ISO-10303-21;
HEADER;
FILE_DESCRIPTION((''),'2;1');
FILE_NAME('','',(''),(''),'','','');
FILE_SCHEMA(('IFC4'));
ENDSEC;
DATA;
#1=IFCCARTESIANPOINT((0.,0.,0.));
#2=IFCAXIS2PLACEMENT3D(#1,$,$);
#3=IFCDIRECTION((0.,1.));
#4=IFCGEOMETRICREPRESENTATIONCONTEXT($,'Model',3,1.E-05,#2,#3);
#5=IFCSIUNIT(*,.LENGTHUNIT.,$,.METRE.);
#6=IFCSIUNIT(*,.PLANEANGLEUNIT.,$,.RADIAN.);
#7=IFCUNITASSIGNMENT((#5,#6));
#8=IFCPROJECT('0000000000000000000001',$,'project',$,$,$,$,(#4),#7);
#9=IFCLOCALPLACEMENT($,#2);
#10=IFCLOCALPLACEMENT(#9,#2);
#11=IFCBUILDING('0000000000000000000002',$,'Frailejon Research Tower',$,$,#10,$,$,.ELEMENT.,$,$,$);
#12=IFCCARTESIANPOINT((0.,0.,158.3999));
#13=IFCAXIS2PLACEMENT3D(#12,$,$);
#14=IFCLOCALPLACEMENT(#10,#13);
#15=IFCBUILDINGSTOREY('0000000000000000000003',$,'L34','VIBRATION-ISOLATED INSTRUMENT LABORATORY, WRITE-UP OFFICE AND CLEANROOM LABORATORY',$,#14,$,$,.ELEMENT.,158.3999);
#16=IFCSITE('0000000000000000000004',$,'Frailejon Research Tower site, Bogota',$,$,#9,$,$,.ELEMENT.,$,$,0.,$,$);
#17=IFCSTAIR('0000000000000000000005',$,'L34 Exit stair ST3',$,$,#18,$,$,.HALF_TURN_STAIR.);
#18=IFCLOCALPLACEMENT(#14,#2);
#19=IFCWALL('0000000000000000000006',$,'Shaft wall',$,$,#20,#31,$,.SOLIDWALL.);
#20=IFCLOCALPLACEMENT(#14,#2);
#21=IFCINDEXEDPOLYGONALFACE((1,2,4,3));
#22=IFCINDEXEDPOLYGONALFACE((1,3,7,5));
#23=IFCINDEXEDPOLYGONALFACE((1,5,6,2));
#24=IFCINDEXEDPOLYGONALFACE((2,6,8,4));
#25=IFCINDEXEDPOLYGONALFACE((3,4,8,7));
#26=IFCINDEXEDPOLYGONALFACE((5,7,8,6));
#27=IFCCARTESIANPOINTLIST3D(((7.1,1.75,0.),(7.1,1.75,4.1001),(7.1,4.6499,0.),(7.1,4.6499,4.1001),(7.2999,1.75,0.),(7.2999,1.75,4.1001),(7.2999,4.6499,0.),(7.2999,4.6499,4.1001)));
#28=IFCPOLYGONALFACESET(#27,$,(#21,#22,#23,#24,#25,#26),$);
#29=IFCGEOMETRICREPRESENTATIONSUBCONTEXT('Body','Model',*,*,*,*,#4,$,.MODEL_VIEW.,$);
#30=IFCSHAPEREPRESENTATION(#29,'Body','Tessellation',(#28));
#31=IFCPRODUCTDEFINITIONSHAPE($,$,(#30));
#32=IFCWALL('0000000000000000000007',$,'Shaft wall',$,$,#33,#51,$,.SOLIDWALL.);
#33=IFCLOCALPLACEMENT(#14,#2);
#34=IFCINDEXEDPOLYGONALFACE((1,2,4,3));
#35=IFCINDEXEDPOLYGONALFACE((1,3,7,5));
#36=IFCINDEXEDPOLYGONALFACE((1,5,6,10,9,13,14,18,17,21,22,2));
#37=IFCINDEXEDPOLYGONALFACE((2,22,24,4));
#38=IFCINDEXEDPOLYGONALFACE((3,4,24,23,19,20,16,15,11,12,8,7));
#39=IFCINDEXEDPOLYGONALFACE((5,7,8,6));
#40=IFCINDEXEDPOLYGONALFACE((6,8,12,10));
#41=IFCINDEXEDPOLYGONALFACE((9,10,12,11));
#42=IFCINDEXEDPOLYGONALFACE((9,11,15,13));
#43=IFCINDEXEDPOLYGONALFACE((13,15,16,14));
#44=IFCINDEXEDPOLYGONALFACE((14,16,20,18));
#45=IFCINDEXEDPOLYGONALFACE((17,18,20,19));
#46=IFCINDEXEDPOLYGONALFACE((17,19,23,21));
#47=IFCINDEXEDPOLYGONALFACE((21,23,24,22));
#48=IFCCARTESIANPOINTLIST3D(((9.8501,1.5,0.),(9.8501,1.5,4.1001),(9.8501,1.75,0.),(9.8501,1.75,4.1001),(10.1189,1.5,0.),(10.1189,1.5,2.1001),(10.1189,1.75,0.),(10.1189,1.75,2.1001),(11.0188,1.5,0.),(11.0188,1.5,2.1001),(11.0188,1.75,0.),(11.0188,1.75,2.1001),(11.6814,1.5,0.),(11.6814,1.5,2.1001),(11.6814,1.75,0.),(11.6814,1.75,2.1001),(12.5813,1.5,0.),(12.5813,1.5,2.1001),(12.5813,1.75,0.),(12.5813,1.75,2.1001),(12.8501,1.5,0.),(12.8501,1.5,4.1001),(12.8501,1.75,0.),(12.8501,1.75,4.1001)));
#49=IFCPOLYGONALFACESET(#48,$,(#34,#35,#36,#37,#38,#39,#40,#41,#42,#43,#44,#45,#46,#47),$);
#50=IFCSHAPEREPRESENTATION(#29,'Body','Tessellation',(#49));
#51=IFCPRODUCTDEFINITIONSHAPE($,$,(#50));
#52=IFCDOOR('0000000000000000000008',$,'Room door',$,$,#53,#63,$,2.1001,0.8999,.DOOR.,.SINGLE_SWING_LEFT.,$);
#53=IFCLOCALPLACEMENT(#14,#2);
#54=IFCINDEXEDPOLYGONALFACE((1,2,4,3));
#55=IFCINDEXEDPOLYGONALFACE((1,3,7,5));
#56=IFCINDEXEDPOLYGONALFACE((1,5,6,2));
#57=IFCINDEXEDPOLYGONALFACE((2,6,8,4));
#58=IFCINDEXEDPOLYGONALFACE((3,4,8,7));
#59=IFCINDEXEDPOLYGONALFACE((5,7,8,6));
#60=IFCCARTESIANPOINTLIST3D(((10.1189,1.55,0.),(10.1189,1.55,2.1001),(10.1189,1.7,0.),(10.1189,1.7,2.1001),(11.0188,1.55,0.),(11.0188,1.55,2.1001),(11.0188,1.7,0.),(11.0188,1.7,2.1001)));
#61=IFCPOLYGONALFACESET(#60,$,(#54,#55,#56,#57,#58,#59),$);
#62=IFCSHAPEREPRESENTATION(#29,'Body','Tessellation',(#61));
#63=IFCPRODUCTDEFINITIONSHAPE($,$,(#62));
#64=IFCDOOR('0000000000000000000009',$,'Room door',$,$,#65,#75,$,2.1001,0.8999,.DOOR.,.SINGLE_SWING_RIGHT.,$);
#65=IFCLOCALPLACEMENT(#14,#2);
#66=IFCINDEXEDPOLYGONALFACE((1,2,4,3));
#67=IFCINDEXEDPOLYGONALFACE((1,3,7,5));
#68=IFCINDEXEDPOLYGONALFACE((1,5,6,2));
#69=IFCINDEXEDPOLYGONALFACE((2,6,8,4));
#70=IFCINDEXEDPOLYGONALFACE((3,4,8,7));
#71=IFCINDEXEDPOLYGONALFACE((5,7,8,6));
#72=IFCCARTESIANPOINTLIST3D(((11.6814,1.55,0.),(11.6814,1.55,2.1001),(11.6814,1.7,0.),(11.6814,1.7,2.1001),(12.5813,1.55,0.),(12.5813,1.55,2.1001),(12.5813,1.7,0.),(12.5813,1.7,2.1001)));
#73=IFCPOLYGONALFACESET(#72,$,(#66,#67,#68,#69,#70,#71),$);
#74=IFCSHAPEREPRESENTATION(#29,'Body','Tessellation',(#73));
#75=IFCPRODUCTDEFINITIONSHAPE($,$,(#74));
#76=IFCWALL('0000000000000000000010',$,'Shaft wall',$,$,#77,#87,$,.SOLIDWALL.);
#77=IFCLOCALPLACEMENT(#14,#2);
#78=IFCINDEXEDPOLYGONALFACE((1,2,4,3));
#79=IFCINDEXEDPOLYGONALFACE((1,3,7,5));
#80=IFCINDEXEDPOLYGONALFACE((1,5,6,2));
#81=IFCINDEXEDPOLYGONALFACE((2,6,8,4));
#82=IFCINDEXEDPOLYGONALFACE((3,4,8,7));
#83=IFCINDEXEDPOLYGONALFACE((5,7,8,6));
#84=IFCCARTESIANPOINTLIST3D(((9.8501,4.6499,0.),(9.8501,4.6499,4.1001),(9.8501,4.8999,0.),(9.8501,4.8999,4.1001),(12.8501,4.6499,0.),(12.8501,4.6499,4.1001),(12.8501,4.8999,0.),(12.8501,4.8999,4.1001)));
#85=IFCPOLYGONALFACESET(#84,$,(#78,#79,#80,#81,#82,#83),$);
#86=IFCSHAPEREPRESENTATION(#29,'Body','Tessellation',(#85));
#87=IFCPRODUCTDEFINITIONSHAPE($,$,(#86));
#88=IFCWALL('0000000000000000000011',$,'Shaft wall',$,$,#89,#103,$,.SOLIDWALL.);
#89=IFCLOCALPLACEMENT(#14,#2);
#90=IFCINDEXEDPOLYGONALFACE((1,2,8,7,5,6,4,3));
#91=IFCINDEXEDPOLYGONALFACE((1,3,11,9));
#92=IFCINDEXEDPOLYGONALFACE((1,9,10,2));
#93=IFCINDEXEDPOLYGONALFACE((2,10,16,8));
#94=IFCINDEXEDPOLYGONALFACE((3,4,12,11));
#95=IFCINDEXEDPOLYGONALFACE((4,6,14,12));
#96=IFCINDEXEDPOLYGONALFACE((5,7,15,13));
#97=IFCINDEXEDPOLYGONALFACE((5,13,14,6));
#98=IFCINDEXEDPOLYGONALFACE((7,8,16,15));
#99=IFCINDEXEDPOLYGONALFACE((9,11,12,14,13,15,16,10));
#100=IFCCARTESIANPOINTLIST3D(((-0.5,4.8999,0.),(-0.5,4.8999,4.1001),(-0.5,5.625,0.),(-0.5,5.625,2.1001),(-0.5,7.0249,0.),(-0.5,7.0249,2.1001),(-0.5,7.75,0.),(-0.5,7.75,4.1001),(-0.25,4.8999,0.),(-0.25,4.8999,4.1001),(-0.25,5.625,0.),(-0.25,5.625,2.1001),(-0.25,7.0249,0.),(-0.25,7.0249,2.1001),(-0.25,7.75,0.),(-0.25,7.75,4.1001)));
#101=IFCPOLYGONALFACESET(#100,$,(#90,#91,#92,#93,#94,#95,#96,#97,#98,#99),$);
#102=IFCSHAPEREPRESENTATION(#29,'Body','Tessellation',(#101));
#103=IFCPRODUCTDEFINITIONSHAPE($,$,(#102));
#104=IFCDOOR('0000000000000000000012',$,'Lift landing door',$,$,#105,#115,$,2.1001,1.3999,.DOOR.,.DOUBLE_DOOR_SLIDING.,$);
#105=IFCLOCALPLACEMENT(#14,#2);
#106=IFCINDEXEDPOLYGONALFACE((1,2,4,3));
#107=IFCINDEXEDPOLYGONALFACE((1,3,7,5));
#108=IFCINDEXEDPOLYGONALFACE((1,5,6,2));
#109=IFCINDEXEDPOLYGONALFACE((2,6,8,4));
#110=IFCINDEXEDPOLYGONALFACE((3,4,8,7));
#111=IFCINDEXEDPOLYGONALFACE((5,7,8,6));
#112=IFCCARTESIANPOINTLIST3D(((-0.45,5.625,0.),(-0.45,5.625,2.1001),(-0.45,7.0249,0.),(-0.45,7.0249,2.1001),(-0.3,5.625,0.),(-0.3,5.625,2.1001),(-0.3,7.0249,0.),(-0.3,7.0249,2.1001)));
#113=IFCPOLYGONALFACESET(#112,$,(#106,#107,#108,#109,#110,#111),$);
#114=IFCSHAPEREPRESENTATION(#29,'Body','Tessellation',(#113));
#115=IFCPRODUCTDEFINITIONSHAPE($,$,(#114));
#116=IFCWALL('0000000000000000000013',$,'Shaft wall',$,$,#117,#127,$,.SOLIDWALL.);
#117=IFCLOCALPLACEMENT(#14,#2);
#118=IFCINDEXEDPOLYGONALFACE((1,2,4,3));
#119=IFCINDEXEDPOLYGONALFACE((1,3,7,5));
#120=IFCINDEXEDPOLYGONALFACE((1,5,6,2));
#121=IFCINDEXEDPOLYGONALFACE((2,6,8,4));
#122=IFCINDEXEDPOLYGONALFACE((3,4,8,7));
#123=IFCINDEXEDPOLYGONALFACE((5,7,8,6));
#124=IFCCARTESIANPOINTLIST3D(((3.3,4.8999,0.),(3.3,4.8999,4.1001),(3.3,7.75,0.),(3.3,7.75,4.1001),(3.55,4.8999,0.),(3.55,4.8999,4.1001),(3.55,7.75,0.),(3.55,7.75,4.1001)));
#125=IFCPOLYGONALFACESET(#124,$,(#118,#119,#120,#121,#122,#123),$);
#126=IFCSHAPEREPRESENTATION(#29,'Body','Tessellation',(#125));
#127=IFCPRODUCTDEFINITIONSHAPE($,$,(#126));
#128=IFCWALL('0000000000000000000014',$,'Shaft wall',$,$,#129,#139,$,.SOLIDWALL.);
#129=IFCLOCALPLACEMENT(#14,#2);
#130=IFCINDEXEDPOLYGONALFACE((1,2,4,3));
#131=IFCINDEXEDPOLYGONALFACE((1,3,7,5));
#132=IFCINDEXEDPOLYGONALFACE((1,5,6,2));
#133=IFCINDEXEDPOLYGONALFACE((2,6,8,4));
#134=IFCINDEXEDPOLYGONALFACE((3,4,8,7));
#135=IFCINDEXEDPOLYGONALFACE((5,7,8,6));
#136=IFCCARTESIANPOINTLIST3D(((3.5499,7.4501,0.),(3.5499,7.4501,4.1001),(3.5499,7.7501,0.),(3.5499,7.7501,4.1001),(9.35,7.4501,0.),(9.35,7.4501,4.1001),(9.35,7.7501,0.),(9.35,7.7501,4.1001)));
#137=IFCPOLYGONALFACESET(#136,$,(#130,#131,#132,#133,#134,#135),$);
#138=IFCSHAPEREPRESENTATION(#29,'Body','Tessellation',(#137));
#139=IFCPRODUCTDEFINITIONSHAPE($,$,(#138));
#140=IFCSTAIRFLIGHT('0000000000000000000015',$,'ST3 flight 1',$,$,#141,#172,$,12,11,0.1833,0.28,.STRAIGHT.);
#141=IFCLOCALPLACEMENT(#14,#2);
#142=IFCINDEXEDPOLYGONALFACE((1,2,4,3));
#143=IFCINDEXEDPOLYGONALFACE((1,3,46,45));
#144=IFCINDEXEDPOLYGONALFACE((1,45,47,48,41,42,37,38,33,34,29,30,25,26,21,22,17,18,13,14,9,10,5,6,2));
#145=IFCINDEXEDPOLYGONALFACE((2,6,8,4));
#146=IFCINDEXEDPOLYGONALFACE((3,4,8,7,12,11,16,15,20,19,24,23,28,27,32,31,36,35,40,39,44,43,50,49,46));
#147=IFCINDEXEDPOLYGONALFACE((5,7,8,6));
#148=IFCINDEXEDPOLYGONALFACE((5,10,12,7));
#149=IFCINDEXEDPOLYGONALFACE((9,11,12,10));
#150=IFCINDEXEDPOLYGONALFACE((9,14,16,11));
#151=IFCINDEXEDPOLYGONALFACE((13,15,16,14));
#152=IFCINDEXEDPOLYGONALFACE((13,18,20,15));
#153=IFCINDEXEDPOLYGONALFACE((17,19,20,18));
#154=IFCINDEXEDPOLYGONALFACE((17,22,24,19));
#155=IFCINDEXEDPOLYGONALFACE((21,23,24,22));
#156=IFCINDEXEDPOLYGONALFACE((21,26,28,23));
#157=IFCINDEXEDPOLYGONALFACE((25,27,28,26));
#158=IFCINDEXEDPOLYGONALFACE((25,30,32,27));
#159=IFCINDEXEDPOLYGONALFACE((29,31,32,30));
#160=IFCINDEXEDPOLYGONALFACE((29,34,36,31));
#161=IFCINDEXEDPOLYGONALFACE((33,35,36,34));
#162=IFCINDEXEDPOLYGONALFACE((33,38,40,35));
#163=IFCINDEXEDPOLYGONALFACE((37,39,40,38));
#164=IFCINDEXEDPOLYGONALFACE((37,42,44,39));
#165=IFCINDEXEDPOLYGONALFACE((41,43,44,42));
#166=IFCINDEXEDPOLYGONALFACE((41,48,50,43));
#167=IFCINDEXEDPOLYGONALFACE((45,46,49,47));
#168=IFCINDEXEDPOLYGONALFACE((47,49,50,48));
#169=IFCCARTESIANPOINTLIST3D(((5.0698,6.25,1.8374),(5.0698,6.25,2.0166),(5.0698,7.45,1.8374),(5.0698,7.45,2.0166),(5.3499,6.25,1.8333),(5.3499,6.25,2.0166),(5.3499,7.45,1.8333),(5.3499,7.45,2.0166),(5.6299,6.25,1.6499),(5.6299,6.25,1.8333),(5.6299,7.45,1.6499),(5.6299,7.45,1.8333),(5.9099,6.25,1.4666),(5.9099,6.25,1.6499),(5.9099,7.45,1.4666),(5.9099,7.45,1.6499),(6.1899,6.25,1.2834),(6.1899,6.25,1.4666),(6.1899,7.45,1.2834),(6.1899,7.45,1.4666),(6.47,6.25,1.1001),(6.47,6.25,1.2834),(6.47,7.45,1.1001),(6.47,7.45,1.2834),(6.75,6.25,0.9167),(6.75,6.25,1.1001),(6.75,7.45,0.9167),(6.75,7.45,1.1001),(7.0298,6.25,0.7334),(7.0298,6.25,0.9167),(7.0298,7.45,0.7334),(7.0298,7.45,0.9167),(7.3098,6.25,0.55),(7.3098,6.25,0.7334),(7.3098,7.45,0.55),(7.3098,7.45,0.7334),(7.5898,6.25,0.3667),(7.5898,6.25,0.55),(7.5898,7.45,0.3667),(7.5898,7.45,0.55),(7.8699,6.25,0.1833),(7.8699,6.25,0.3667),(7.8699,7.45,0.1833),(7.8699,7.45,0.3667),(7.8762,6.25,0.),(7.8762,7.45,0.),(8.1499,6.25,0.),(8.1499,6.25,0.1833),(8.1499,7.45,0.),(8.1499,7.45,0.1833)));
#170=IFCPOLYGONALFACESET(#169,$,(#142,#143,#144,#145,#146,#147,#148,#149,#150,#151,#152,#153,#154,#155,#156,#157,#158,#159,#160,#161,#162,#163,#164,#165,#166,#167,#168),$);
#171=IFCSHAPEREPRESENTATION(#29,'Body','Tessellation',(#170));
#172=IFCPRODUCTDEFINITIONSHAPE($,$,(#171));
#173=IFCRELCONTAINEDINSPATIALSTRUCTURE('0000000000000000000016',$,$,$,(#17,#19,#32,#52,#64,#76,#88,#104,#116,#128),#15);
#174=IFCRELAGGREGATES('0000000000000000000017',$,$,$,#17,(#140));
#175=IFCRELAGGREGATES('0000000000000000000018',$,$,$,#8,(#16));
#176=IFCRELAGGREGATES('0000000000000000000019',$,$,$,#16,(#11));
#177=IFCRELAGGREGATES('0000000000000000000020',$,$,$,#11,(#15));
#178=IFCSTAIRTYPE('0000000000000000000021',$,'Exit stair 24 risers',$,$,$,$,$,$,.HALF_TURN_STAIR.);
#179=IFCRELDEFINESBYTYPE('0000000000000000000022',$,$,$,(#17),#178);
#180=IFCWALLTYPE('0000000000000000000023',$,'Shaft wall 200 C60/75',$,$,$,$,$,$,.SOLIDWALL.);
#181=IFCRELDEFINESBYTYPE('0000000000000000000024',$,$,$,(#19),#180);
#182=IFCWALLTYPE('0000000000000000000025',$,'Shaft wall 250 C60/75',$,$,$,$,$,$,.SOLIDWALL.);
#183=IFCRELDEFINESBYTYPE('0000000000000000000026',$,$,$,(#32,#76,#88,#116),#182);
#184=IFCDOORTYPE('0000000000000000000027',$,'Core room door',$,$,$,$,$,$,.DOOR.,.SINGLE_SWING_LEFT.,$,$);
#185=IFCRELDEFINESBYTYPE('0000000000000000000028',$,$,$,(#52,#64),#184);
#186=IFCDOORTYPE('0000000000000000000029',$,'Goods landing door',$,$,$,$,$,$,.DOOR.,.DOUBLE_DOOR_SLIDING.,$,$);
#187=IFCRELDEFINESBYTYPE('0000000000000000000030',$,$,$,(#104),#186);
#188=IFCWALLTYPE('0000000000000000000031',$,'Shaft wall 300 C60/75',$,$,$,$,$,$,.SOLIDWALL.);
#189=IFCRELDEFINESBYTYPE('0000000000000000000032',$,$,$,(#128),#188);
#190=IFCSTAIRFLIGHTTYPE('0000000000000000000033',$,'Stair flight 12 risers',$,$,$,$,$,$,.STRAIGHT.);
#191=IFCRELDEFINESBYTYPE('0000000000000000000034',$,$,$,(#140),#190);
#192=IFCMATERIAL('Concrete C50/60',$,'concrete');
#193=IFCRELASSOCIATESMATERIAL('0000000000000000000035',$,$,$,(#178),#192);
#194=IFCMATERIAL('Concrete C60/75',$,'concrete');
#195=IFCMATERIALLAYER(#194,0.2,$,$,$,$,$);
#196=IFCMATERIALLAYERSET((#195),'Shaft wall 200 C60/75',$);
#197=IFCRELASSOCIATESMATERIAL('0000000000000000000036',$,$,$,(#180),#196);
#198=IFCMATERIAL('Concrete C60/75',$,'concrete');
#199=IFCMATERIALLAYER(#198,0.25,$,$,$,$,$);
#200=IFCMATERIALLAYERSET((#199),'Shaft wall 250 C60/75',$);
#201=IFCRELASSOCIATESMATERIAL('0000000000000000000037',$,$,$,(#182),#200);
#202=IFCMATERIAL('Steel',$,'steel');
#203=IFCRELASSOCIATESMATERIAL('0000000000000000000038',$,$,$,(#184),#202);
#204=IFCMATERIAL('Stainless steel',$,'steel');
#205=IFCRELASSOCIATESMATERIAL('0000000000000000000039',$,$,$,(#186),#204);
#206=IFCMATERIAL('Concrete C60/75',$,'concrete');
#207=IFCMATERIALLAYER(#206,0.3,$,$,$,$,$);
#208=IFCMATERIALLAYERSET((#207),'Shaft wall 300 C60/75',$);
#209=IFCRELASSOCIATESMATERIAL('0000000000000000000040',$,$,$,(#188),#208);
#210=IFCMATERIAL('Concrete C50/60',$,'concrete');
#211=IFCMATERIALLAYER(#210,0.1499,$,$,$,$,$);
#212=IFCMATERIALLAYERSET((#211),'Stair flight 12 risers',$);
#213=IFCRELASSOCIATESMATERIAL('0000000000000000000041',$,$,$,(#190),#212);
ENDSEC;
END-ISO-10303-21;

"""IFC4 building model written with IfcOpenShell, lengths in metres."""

from ifc_helpers import new_model, si_unit, direction, frame, frame_2d, origin, place, context, subcontext, project, spatial, polyline, rectangle, outline, extrude, material, layer, layer_set, type_object, element, fill, aggregate, save


model = new_model("IFC4")

# Units and contexts
model_context = context("Model", 3, precision=1e-05, world=origin(), true_north=direction((0.0, 1.0)))
body_context = subcontext(model_context, "Body", "Model", "MODEL_VIEW")
ifc_project = project(units=[si_unit("LENGTHUNIT", "METRE"), si_unit("PLANEANGLEUNIT", "RADIAN")], contexts=[model_context])

# Site, building, storey
site_placement = place(None, origin())
site = spatial("IfcSite", under=ifc_project, at=site_placement, Name="Frailejon Research Tower site, Bogota", CompositionType="ELEMENT", RefElevation=0.0)
building_placement = place(site_placement, origin())
building = spatial("IfcBuilding", under=site, at=building_placement, Name="Frailejon Research Tower", CompositionType="ELEMENT")
storey_placement = place(building_placement, frame((0.0, 0.0, 158.3999)))
storey = spatial("IfcBuildingStorey", under=building, at=storey_placement, Name="L34", Description="VIBRATION-ISOLATED INSTRUMENT LABORATORY, WRITE-UP OFFICE AND CLEANROOM LABORATORY", CompositionType="ELEMENT", Elevation=158.3999)

# Stair
ifc_material_1 = material(Name="Concrete C50/60", Category="concrete")
stair_type = type_object("IfcStairType", Name="Exit stair 24 risers", PredefinedType="HALF_TURN_STAIR", material=ifc_material_1)
stair_placement = place(storey_placement, origin())
stair = element("IfcStair", 1, at=stair_placement, inside=storey, type_object=stair_type, Name="L34 Exit stair ST3", PredefinedType="HALF_TURN_STAIR")

# Wall
ifc_material_2 = material(Name="Concrete C60/75", Category="concrete")
ifc_layer_1 = layer(ifc_material_2, 0.2)
ifc_layer_set_1 = layer_set([ifc_layer_1], Name="Shaft wall 200 C60/75")
wall_type_1 = type_object("IfcWallType", Name="Shaft wall 200 C60/75", PredefinedType="SOLIDWALL", material=ifc_layer_set_1)
for number, where, z_axis, x_axis, name in (
    (2, (7.2, 1.75, 0.0), (0.0, 0.0, 1.0), (0.0, 1.0, 0.0), "Shaft wall"),
):
    element("IfcWall", number, at=place(storey_placement, frame(where, z_axis=z_axis, x_axis=x_axis)), inside=storey, type_object=wall_type_1, Name=name, PredefinedType="SOLIDWALL", context=body_context, shape_type="SweptSolid", body=[
        extrude(rectangle(XDim=2.8999, YDim=0.2, at=frame_2d((1.45, 0.0))), origin(), (0.0, 0.0, 1.0), 4.1001),
    ])

# Wall, openings, doors
ifc_material_3 = material(Name="Concrete C60/75", Category="concrete")
ifc_layer_2 = layer(ifc_material_3, 0.25)
ifc_layer_set_2 = layer_set([ifc_layer_2], Name="Shaft wall 250 C60/75")
wall_type_2 = type_object("IfcWallType", Name="Shaft wall 250 C60/75", PredefinedType="SOLIDWALL", material=ifc_layer_set_2)
wall_1_placement = place(storey_placement, frame((9.8501, 1.625, 0.0), z_axis=(0.0, 0.0, 1.0), x_axis=(1.0, 0.0, 0.0)))
wall_1 = element("IfcWall", 3, at=wall_1_placement, inside=storey, type_object=wall_type_2, Name="Shaft wall", PredefinedType="SOLIDWALL", context=body_context, shape_type="SweptSolid", body=[
    extrude(rectangle(XDim=3.0, YDim=0.25, at=frame_2d((1.5, 0.0))), origin(), (0.0, 0.0, 1.0), 4.1001),
])
opening_1_placement = place(wall_1_placement, frame((0.2688, 0.0, 0.0)))
opening_1 = element("IfcOpeningElement", 4, at=opening_1_placement, cuts=wall_1, PredefinedType="OPENING", context=body_context, shape_type="SweptSolid", body=[
    extrude(rectangle(XDim=0.8999, YDim=2.1001, at=frame_2d((0.45, 1.05))), frame((0.0, 0.135, 0.0), z_axis=(0.0, -1.0, 0.0), x_axis=(1.0, 0.0, 0.0)), (0.0, 0.0, 1.0), 0.27),
])
opening_2_placement = place(wall_1_placement, frame((1.8313, 0.0, 0.0)))
opening_2 = element("IfcOpeningElement", 5, at=opening_2_placement, cuts=wall_1, PredefinedType="OPENING", context=body_context, shape_type="SweptSolid", body=[
    extrude(rectangle(XDim=0.8999, YDim=2.1001, at=frame_2d((0.45, 1.05))), frame((0.0, 0.135, 0.0), z_axis=(0.0, -1.0, 0.0), x_axis=(1.0, 0.0, 0.0)), (0.0, 0.0, 1.0), 0.27),
])
ifc_material_4 = material(Name="Steel", Category="steel")
door_type_1 = type_object("IfcDoorType", Name="Core room door", OperationType="SINGLE_SWING_LEFT", PredefinedType="DOOR", material=ifc_material_4)
door_1_placement = place(opening_1_placement, origin())
door_1 = element("IfcDoor", 6, at=door_1_placement, inside=storey, type_object=door_type_1, Name="Room door", OperationType="SINGLE_SWING_LEFT", OverallHeight=2.1001, OverallWidth=0.8999, PredefinedType="DOOR", context=body_context, shape_type="SweptSolid", body=[
    extrude(rectangle(XDim=0.8999, YDim=2.1001, at=frame_2d((0.45, 1.05))), frame((0.0, 0.075, 0.0), z_axis=(0.0, -1.0, 0.0), x_axis=(1.0, 0.0, 0.0)), (0.0, 0.0, 1.0), 0.1499),
])
fill(opening_1, door_1)
door_2_placement = place(opening_2_placement, origin())
door_2 = element("IfcDoor", 7, at=door_2_placement, inside=storey, type_object=door_type_1, Name="Room door", OperationType="SINGLE_SWING_RIGHT", OverallHeight=2.1001, OverallWidth=0.8999, PredefinedType="DOOR", context=body_context, shape_type="SweptSolid", body=[
    extrude(rectangle(XDim=0.8999, YDim=2.1001, at=frame_2d((0.45, 1.05))), frame((0.0, 0.075, 0.0), z_axis=(0.0, -1.0, 0.0), x_axis=(1.0, 0.0, 0.0)), (0.0, 0.0, 1.0), 0.1499),
])
fill(opening_2, door_2)

# Wall
wall_2_placement = place(storey_placement, frame((9.8501, 4.7749, 0.0), z_axis=(0.0, 0.0, 1.0), x_axis=(1.0, 0.0, 0.0)))
element("IfcWall", 8, at=wall_2_placement, inside=storey, type_object=wall_type_2, Name="Shaft wall", PredefinedType="SOLIDWALL", context=body_context, shape_type="SweptSolid", body=[
    extrude(rectangle(XDim=3.0, YDim=0.25, at=frame_2d((1.5, 0.0))), origin(), (0.0, 0.0, 1.0), 4.1001),
])

# Wall, opening, door
wall_3_placement = place(storey_placement, frame((-0.375, 4.8999, 0.0), z_axis=(0.0, 0.0, 1.0), x_axis=(0.0, 1.0, 0.0)))
wall_3 = element("IfcWall", 9, at=wall_3_placement, inside=storey, type_object=wall_type_2, Name="Shaft wall", PredefinedType="SOLIDWALL", context=body_context, shape_type="SweptSolid", body=[
    extrude(rectangle(XDim=2.8501, YDim=0.25, at=frame_2d((1.425, 0.0))), origin(), (0.0, 0.0, 1.0), 4.1001),
])
opening_3_placement = place(wall_3_placement, frame((0.7251, 0.0, 0.0)))
opening_3 = element("IfcOpeningElement", 10, at=opening_3_placement, cuts=wall_3, PredefinedType="OPENING", context=body_context, shape_type="SweptSolid", body=[
    extrude(rectangle(XDim=1.3999, YDim=2.1001, at=frame_2d((0.7, 1.05))), frame((0.0, 0.135, 0.0), z_axis=(0.0, -1.0, 0.0), x_axis=(1.0, 0.0, 0.0)), (0.0, 0.0, 1.0), 0.27),
])
ifc_material_5 = material(Name="Stainless steel", Category="steel")
door_type_2 = type_object("IfcDoorType", Name="Goods landing door", OperationType="DOUBLE_DOOR_SLIDING", PredefinedType="DOOR", material=ifc_material_5)
door_3_placement = place(opening_3_placement, origin())
door_3 = element("IfcDoor", 11, at=door_3_placement, inside=storey, type_object=door_type_2, Name="Lift landing door", OperationType="DOUBLE_DOOR_SLIDING", OverallHeight=2.1001, OverallWidth=1.3999, PredefinedType="DOOR", context=body_context, shape_type="SweptSolid", body=[
    extrude(rectangle(XDim=1.3999, YDim=2.1001, at=frame_2d((0.7, 1.05))), frame((0.0, 0.075, 0.0), z_axis=(0.0, -1.0, 0.0), x_axis=(1.0, 0.0, 0.0)), (0.0, 0.0, 1.0), 0.1499),
])
fill(opening_3, door_3)

# Walls
wall_4_placement = place(storey_placement, frame((3.425, 4.8999, 0.0), z_axis=(0.0, 0.0, 1.0), x_axis=(0.0, 1.0, 0.0)))
element("IfcWall", 12, at=wall_4_placement, inside=storey, type_object=wall_type_2, Name="Shaft wall", PredefinedType="SOLIDWALL", context=body_context, shape_type="SweptSolid", body=[
    extrude(rectangle(XDim=2.8501, YDim=0.25, at=frame_2d((1.425, 0.0))), origin(), (0.0, 0.0, 1.0), 4.1001),
])
ifc_material_6 = material(Name="Concrete C60/75", Category="concrete")
ifc_layer_3 = layer(ifc_material_6, 0.3)
ifc_layer_set_3 = layer_set([ifc_layer_3], Name="Shaft wall 300 C60/75")
wall_type_3 = type_object("IfcWallType", Name="Shaft wall 300 C60/75", PredefinedType="SOLIDWALL", material=ifc_layer_set_3)
wall_5_placement = place(storey_placement, frame((3.55, 7.6001, 0.0), z_axis=(0.0, 0.0, 1.0), x_axis=(1.0, 0.0, 0.0)))
element("IfcWall", 13, at=wall_5_placement, inside=storey, type_object=wall_type_3, Name="Shaft wall", PredefinedType="SOLIDWALL", context=body_context, shape_type="SweptSolid", body=[
    extrude(rectangle(XDim=5.8, YDim=0.3, at=frame_2d((2.8999, 0.0))), origin(), (0.0, 0.0, 1.0), 4.1001),
])

# Stair flight
ifc_material_7 = material(Name="Concrete C50/60", Category="concrete")
ifc_layer_4 = layer(ifc_material_7, 0.1499)
ifc_layer_set_4 = layer_set([ifc_layer_4], Name="Stair flight 12 risers")
stair_flight_type = type_object("IfcStairFlightType", Name="Stair flight 12 risers", PredefinedType="STRAIGHT", material=ifc_layer_set_4)
stair_flight_1_placement = place(storey_placement, frame((8.1499, 6.8501, 0.0), z_axis=(0.0, 0.0, 1.0), x_axis=(-1.0, 0.0, 0.0)))
stair_flight_1 = element("IfcStairFlight", 14, at=stair_flight_1_placement, type_object=stair_flight_type, Name="ST3 flight 1", NumberOfRisers=12, NumberOfTreads=11, PredefinedType="STRAIGHT", RiserHeight=0.1833, TreadLength=0.28, context=body_context, shape_type="SweptSolid", body=[
    extrude(outline(polyline([(0.0, 0.0), (0.0, 0.1833), (0.28, 0.1833), (0.28, 0.3667), (0.5601, 0.3667), (0.5601, 0.55), (0.8401, 0.55), (0.8401, 0.7334), (1.1201, 0.7334), (1.1201, 0.9167), (1.3999, 0.9167), (1.3999, 1.1001), (1.6799, 1.1001), (1.6799, 1.2834), (1.96, 1.2834), (1.96, 1.4666), (2.24, 1.4666), (2.24, 1.6499), (2.52, 1.6499), (2.52, 1.8333), (2.8, 1.8333), (2.8, 2.0166), (3.0801, 2.0166), (3.0801, 2.2), (3.0801, 1.8374), (0.2737, 0.0), (0.0, 0.0)])), frame((0.0, 0.6001, 0.0), z_axis=(0.0, -1.0, 0.0), x_axis=(1.0, 0.0, 0.0)), (0.0, 0.0, 1.0), 1.2),
])
aggregate(stair, [stair_flight_1])

save(model, "model.ifc")
